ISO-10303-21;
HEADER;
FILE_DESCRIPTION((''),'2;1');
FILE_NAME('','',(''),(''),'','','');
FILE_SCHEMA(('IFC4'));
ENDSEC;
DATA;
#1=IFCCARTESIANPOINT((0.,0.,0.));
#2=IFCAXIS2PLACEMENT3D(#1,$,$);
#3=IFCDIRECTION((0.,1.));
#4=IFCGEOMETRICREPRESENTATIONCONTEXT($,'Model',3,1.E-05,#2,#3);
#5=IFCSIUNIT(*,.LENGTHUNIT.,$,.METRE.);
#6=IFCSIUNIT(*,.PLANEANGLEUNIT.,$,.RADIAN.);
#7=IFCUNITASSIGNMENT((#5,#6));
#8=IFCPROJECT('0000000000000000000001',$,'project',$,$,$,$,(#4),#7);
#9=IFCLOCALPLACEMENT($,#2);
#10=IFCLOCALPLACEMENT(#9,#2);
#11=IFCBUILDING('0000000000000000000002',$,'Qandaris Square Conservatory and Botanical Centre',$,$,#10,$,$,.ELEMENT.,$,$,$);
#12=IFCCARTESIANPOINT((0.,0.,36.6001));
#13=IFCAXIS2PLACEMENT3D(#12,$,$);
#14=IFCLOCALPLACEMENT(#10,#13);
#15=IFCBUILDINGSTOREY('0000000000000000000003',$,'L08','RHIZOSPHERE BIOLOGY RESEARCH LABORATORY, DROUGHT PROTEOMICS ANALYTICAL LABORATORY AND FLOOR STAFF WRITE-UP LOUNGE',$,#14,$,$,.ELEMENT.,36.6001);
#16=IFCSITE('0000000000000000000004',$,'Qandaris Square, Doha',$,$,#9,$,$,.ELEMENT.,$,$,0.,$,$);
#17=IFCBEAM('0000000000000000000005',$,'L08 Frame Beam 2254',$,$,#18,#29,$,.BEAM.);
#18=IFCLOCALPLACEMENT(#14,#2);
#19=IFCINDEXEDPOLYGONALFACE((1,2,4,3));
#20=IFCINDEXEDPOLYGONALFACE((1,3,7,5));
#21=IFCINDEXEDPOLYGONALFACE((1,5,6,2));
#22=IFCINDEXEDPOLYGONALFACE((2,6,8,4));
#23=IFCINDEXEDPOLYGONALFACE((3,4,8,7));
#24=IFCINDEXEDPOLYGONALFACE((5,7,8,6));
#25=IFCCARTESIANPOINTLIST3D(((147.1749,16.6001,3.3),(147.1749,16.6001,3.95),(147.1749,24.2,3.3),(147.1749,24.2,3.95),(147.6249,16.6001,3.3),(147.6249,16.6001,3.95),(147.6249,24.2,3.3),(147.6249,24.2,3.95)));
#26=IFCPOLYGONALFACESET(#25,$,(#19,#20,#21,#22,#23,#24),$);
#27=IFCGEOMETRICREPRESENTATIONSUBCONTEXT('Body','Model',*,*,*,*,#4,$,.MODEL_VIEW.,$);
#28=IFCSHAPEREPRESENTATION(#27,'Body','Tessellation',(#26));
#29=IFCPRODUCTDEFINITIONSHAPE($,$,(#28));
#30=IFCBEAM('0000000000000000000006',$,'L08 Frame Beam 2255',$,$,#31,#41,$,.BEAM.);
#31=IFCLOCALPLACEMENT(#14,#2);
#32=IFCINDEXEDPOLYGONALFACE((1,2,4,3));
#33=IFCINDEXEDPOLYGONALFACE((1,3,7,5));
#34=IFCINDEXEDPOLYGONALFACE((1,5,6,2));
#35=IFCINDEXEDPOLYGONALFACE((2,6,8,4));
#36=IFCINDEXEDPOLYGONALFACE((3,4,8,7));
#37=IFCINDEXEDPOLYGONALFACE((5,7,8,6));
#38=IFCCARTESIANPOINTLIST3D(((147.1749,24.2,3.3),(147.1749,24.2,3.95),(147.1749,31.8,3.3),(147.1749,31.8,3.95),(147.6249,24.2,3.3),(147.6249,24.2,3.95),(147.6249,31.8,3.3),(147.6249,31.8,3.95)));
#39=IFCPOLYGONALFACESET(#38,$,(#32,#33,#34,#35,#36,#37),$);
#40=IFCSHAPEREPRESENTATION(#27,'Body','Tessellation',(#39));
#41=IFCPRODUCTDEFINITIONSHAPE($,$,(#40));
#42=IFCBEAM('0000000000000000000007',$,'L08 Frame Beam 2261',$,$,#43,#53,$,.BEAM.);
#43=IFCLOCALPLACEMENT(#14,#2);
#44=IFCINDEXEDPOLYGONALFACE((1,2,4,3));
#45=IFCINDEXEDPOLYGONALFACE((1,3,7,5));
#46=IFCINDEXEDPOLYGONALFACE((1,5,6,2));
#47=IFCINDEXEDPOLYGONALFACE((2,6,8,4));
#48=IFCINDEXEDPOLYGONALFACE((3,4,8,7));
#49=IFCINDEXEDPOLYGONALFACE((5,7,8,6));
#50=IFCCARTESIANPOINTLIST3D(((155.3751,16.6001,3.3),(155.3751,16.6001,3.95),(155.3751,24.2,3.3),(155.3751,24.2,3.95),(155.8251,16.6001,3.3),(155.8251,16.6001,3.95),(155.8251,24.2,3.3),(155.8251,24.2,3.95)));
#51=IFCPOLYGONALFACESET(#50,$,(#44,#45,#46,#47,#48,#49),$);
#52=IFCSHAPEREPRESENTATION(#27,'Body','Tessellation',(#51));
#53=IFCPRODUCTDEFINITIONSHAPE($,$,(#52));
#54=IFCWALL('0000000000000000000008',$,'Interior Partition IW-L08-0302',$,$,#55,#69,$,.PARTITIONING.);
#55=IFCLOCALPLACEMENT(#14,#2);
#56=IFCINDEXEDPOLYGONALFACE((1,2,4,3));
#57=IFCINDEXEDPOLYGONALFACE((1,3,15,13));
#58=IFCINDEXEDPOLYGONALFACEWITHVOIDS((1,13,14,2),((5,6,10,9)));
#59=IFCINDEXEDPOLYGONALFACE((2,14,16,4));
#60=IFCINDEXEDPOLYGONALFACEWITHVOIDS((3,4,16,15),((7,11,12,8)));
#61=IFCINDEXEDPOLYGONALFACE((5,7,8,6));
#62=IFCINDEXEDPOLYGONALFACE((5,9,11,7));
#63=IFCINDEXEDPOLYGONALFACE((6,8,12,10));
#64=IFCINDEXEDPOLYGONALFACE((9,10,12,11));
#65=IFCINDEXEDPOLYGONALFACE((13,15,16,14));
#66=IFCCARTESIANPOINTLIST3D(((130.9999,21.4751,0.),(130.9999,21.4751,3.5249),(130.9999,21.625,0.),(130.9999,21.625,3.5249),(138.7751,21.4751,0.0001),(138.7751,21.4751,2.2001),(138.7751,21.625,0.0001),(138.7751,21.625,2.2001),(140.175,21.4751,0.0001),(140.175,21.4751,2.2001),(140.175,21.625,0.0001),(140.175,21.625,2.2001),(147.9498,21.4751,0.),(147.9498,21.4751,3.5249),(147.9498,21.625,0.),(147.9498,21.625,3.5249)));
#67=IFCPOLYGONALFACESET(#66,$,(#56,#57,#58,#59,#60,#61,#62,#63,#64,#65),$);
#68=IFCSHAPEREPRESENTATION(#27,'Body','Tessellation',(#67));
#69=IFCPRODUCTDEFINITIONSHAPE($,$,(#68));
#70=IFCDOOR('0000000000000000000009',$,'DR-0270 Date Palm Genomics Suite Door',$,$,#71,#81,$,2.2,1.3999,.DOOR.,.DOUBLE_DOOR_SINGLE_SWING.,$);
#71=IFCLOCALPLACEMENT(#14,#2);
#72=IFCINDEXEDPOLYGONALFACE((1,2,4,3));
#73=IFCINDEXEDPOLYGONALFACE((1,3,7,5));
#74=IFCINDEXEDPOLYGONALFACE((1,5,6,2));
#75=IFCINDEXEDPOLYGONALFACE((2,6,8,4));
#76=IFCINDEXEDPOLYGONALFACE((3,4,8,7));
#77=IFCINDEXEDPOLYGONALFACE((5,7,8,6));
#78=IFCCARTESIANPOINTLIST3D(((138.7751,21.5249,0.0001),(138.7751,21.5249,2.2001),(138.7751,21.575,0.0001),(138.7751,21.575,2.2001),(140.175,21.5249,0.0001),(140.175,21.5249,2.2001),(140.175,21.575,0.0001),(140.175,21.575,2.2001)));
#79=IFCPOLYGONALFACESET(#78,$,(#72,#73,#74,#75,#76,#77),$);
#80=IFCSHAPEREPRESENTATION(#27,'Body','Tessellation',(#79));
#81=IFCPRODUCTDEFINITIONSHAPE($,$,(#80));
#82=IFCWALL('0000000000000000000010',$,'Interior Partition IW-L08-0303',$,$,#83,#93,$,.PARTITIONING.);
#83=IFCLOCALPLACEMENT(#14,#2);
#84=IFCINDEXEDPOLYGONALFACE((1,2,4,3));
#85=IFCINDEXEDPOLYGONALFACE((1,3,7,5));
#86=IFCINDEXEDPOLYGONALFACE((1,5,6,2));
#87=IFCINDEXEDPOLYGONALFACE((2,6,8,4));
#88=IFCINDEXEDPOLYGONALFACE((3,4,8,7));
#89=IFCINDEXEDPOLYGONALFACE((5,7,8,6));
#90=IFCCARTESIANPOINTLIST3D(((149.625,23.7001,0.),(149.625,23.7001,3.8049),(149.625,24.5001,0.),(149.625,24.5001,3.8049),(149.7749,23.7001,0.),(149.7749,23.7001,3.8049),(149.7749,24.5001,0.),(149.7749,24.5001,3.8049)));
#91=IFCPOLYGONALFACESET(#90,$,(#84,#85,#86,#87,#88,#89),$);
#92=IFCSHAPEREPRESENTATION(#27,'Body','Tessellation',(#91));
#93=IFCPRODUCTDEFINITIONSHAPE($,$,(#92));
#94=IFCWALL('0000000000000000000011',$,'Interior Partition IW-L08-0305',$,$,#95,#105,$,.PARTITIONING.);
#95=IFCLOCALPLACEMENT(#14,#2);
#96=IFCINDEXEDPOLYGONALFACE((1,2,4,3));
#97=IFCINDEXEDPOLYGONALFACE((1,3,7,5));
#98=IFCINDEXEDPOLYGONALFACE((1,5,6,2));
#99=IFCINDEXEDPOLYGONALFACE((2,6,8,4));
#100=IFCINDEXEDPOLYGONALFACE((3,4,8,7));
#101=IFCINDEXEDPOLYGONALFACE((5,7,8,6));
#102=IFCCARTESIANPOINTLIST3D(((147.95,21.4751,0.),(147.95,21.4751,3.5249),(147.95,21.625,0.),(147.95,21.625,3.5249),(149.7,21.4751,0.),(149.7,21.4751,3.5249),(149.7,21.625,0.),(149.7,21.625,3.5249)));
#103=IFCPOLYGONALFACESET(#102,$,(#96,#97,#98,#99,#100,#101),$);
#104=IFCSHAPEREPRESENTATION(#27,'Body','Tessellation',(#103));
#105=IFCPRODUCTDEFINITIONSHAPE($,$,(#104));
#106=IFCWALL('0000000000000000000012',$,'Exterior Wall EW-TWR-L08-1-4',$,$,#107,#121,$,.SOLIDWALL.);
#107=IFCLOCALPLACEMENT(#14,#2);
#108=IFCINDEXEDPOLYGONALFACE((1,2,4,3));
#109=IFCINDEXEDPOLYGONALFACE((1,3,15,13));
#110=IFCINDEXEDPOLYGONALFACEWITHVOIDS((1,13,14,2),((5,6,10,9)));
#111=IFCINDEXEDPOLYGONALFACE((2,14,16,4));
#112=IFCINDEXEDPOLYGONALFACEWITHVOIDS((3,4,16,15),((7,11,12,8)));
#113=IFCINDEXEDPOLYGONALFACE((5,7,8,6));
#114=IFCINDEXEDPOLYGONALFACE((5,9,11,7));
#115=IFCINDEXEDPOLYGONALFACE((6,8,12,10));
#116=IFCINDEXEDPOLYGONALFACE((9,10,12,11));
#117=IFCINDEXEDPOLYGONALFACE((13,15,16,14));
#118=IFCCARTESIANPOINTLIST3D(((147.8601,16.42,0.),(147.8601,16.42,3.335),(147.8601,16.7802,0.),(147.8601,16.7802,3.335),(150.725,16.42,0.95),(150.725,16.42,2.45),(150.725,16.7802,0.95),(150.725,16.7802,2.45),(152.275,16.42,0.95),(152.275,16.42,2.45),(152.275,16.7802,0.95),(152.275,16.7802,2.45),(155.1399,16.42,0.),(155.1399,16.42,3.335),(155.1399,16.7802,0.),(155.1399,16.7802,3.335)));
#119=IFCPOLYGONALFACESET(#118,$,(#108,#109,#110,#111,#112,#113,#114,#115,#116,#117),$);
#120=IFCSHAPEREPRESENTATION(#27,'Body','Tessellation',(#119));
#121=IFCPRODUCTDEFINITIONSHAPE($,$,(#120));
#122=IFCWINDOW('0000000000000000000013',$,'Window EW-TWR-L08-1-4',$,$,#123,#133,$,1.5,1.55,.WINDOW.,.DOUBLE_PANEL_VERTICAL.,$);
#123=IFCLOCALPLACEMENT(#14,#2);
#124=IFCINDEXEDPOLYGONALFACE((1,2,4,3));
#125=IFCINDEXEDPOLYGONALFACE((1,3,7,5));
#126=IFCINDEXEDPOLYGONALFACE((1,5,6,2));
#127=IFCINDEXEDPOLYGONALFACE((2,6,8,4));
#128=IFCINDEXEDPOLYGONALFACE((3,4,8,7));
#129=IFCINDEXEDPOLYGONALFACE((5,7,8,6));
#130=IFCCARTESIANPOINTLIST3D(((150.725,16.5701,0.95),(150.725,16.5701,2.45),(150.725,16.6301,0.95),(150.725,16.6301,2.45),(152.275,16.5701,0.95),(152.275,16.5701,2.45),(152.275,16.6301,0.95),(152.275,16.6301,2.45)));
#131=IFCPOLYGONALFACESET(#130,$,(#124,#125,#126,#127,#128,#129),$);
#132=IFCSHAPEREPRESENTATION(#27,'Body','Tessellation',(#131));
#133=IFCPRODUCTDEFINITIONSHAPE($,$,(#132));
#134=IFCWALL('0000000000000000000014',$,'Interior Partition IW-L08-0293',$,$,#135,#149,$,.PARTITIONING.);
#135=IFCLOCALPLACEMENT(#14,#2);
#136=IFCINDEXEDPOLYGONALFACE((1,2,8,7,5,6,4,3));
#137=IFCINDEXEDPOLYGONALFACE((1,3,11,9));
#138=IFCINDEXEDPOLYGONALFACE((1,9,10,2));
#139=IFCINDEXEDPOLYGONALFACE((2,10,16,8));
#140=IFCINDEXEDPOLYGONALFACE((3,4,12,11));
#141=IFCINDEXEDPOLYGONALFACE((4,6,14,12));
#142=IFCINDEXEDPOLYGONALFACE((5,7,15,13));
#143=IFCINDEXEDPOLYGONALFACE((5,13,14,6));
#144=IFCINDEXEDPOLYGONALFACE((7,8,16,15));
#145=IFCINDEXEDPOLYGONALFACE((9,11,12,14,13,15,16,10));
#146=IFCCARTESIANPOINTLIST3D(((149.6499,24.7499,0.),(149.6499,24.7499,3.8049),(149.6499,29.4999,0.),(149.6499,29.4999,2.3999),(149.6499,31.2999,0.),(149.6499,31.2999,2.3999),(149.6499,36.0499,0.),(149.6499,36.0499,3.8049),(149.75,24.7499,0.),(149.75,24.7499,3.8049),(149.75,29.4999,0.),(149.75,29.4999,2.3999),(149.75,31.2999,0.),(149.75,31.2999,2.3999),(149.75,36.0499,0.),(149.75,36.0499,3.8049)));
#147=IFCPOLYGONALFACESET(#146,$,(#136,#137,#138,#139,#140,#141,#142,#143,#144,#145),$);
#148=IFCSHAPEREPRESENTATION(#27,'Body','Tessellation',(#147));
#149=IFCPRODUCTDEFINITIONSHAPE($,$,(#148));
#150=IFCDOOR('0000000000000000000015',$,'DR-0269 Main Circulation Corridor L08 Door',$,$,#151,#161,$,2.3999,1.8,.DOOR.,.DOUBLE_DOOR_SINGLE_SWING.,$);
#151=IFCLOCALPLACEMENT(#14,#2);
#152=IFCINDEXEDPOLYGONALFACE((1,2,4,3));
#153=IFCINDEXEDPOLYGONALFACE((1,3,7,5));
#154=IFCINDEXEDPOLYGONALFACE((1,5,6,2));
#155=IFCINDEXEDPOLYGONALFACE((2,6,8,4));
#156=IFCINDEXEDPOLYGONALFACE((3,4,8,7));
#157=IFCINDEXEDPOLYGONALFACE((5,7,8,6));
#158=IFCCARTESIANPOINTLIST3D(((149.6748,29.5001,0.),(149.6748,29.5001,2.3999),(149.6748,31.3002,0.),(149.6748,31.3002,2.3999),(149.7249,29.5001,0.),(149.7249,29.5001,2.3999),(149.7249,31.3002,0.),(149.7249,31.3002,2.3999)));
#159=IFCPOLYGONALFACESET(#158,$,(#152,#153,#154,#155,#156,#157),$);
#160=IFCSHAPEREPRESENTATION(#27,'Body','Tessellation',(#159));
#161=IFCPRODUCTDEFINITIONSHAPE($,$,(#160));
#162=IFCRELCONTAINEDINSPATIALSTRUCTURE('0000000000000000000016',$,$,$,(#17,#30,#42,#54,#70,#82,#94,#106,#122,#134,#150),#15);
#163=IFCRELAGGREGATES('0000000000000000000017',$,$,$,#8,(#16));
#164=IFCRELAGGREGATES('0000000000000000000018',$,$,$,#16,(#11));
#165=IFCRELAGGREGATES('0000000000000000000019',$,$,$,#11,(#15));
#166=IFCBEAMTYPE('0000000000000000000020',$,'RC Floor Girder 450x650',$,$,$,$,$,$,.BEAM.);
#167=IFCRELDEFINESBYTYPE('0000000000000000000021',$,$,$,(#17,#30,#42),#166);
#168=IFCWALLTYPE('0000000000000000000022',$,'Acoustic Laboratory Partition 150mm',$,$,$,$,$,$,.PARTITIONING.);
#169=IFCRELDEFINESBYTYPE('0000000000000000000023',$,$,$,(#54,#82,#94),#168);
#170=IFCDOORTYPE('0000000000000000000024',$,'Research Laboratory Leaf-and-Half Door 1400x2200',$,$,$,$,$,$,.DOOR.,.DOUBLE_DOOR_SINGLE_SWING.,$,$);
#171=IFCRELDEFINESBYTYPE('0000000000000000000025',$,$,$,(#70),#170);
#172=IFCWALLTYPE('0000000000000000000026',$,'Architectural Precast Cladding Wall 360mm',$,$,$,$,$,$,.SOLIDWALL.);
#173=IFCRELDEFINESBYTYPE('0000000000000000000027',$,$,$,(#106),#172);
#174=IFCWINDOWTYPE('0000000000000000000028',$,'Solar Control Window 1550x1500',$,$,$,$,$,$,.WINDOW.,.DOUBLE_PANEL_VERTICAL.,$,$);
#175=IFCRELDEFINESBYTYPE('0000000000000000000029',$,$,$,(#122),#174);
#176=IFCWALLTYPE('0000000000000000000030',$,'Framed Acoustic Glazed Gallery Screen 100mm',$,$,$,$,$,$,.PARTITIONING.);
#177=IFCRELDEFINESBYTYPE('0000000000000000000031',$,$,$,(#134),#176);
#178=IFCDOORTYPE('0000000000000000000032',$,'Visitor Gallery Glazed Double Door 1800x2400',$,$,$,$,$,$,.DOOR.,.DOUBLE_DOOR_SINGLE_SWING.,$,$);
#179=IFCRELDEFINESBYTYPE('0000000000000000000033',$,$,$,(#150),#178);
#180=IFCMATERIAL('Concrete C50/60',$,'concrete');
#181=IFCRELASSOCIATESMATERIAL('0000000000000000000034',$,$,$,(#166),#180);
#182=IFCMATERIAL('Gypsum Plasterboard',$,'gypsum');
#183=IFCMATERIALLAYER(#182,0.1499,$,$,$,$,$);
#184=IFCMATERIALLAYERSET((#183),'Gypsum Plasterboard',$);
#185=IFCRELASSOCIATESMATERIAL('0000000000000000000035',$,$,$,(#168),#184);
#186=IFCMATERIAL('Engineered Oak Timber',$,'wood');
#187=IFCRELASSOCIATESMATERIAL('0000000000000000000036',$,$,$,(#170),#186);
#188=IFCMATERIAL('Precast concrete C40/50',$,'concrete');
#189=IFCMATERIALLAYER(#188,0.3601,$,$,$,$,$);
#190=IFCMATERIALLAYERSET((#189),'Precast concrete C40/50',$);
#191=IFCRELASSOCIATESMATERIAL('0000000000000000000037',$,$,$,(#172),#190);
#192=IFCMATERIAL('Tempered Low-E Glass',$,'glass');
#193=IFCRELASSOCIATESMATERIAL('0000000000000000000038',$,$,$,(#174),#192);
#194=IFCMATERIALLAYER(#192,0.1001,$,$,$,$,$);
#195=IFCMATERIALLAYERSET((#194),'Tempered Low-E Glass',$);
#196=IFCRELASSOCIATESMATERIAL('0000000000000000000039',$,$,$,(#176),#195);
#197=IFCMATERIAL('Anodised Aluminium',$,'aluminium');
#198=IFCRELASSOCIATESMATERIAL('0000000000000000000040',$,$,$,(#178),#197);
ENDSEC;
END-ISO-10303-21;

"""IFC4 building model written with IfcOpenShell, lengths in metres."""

from ifc_helpers import new_model, si_unit, direction, frame, frame_2d, origin, origin_2d, place, context, subcontext, project, spatial, rectangle, extrude, material, layer, layer_set, material_profile, profile_set, type_object, element, fill, save


model = new_model("IFC4")

# Units and contexts
model_context = context("Model", 3, precision=1e-05, world=origin(), true_north=direction((0.0, 1.0)))
body_context = subcontext(model_context, "Body", "Model", "MODEL_VIEW")
ifc_project = project(units=[si_unit("LENGTHUNIT", "METRE"), si_unit("PLANEANGLEUNIT", "RADIAN")], contexts=[model_context])

# Site, building, storey
site_placement = place(None, origin())
site = spatial("IfcSite", under=ifc_project, at=site_placement, Name="Qandaris Square, Doha", CompositionType="ELEMENT", RefElevation=0.0)
building_placement = place(site_placement, origin())
building = spatial("IfcBuilding", under=site, at=building_placement, Name="Qandaris Square Conservatory and Botanical Centre", CompositionType="ELEMENT")
storey_placement = place(building_placement, frame((0.0, 0.0, 36.6001)))
storey = spatial("IfcBuildingStorey", under=building, at=storey_placement, Name="L08", Description="RHIZOSPHERE BIOLOGY RESEARCH LABORATORY, DROUGHT PROTEOMICS ANALYTICAL LABORATORY AND FLOOR STAFF WRITE-UP LOUNGE", CompositionType="ELEMENT", Elevation=36.6001)

# Shared definitions
ifc_material_1 = material(Name="Concrete C50/60", Category="concrete")

# Beams
ifc_material_profile_1 = material_profile(ifc_material_1, rectangle(XDim=0.45, YDim=0.6499, at=origin_2d()), Name="RC-BM 450x650")
ifc_profile_set_1 = profile_set([ifc_material_profile_1], Name="Concrete C50/60")
beam_type_1 = type_object("IfcBeamType", Name="RC Floor Girder 450x650", PredefinedType="BEAM", material=ifc_profile_set_1)
beam_1_placement = place(storey_placement, frame((147.3999, 16.6001, 3.625), z_axis=(0.0, 1.0, 0.0), x_axis=(-1.0, 0.0, 0.0)))
element("IfcBeam", 1, at=beam_1_placement, inside=storey, type_object=beam_type_1, Name="L08 Frame Beam 2254", PredefinedType="BEAM", context=body_context, shape_type="SweptSolid", body=[
    extrude(rectangle(XDim=0.45, YDim=0.6499, at=origin_2d()), origin(), (0.0, 0.0, 1.0), 7.5999),
])
beam_2_placement = place(storey_placement, frame((147.3999, 24.2, 3.625), z_axis=(0.0, 1.0, 0.0), x_axis=(-1.0, 0.0, 0.0)))
element("IfcBeam", 2, at=beam_2_placement, inside=storey, type_object=beam_type_1, Name="L08 Frame Beam 2255", PredefinedType="BEAM", context=body_context, shape_type="SweptSolid", body=[
    extrude(rectangle(XDim=0.45, YDim=0.6499, at=origin_2d()), origin(), (0.0, 0.0, 1.0), 7.6001),
])
beam_3_placement = place(storey_placement, frame((155.6001, 16.6001, 3.625), z_axis=(0.0, 1.0, 0.0), x_axis=(-1.0, 0.0, 0.0)))
element("IfcBeam", 3, at=beam_3_placement, inside=storey, type_object=beam_type_1, Name="L08 Frame Beam 2261", PredefinedType="BEAM", context=body_context, shape_type="SweptSolid", body=[
    extrude(rectangle(XDim=0.45, YDim=0.6499, at=origin_2d()), origin(), (0.0, 0.0, 1.0), 7.5999),
])

# Wall, opening, door
ifc_material_2 = material(Name="Gypsum Plasterboard", Category="gypsum")
ifc_layer_1 = layer(ifc_material_2, 0.1499)
ifc_layer_set_1 = layer_set([ifc_layer_1], Name="Gypsum Plasterboard")
wall_type_1 = type_object("IfcWallType", Name="Acoustic Laboratory Partition 150mm", PredefinedType="PARTITIONING", material=ifc_layer_set_1)
wall_1_placement = place(storey_placement, frame((147.95, 21.55, 0.0), z_axis=(0.0, 0.0, 1.0), x_axis=(-1.0, 0.0, 0.0)))
wall_1 = element("IfcWall", 4, at=wall_1_placement, inside=storey, type_object=wall_type_1, Name="Interior Partition IW-L08-0302", PredefinedType="PARTITIONING", context=body_context, shape_type="SweptSolid", body=[
    extrude(rectangle(XDim=16.95, YDim=0.1499, at=frame_2d((8.4751, 0.0))), origin(), (0.0, 0.0, 1.0), 3.5249),
])
opening_1_placement = place(wall_1_placement, frame((7.7749, 0.0, 0.0)))
opening_1 = element("IfcOpeningElement", 5, at=opening_1_placement, cuts=wall_1, PredefinedType="OPENING", context=body_context, shape_type="SweptSolid", body=[
    extrude(rectangle(XDim=1.3999, YDim=2.2, at=frame_2d((0.7, 1.1001))), frame((0.0, 0.0869, 0.0), z_axis=(0.0, -1.0, 0.0), x_axis=(1.0, 0.0, 0.0)), (0.0, 0.0, 1.0), 0.1738),
])
ifc_material_3 = material(Name="Engineered Oak Timber", Category="wood")
door_type_1 = type_object("IfcDoorType", Name="Research Laboratory Leaf-and-Half Door 1400x2200", OperationType="DOUBLE_DOOR_SINGLE_SWING", PredefinedType="DOOR", material=ifc_material_3)
door_1_placement = place(opening_1_placement, frame((1.3999, 0.0, 0.0), z_axis=(0.0, 0.0, 1.0), x_axis=(-1.0, 0.0, 0.0)))
door_1 = element("IfcDoor", 6, at=door_1_placement, inside=storey, type_object=door_type_1, Name="DR-0270 Date Palm Genomics Suite Door", OperationType="DOUBLE_DOOR_SINGLE_SWING", OverallHeight=2.2, OverallWidth=1.3999, PredefinedType="DOOR", context=body_context, shape_type="SweptSolid", body=[
    extrude(rectangle(XDim=1.3999, YDim=2.2, at=frame_2d((0.7, 1.1001))), frame((0.0, 0.0249, 0.0), z_axis=(0.0, -1.0, 0.0), x_axis=(1.0, 0.0, 0.0)), (0.0, 0.0, 1.0), 0.05),
])
fill(opening_1, door_1)

# Walls
wall_2_placement = place(storey_placement, frame((149.7, 24.5, 0.0), z_axis=(0.0, 0.0, 1.0), x_axis=(0.0, -1.0, 0.0)))
element("IfcWall", 7, at=wall_2_placement, inside=storey, type_object=wall_type_1, Name="Interior Partition IW-L08-0303", PredefinedType="PARTITIONING", context=body_context, shape_type="SweptSolid", body=[
    extrude(rectangle(XDim=0.8, YDim=0.1499, at=frame_2d((0.3999, 0.0))), origin(), (0.0, 0.0, 1.0), 3.8049),
])
wall_3_placement = place(storey_placement, frame((149.7, 21.55, 0.0), z_axis=(0.0, 0.0, 1.0), x_axis=(-1.0, 0.0, 0.0)))
element("IfcWall", 8, at=wall_3_placement, inside=storey, type_object=wall_type_1, Name="Interior Partition IW-L08-0305", PredefinedType="PARTITIONING", context=body_context, shape_type="SweptSolid", body=[
    extrude(rectangle(XDim=1.75, YDim=0.1499, at=frame_2d((0.875, 0.0))), origin(), (0.0, 0.0, 1.0), 3.5249),
])

# Wall, opening, window
ifc_material_4 = material(Name="Precast concrete C40/50", Category="concrete")
ifc_layer_2 = layer(ifc_material_4, 0.3601)
ifc_layer_set_2 = layer_set([ifc_layer_2], Name="Precast concrete C40/50")
wall_type_2 = type_object("IfcWallType", Name="Architectural Precast Cladding Wall 360mm", PredefinedType="SOLIDWALL", material=ifc_layer_set_2)
wall_4_placement = place(storey_placement, frame((147.8601, 16.6001, 0.0), z_axis=(0.0, 0.0, 1.0), x_axis=(1.0, 0.0, 0.0)))
wall_4 = element("IfcWall", 9, at=wall_4_placement, inside=storey, type_object=wall_type_2, Name="Exterior Wall EW-TWR-L08-1-4", PredefinedType="SOLIDWALL", context=body_context, shape_type="SweptSolid", body=[
    extrude(rectangle(XDim=7.2798, YDim=0.3601, at=frame_2d((3.6399, 0.0))), origin(), (0.0, 0.0, 1.0), 3.335),
])
opening_2_placement = place(wall_4_placement, frame((2.865, 0.0, 0.95)))
opening_2 = element("IfcOpeningElement", 10, at=opening_2_placement, cuts=wall_4, PredefinedType="OPENING", context=body_context, shape_type="SweptSolid", body=[
    extrude(rectangle(XDim=1.55, YDim=1.5, at=frame_2d((0.7749, 0.75))), frame((0.0, 0.1919, 0.0), z_axis=(0.0, -1.0, 0.0), x_axis=(1.0, 0.0, 0.0)), (0.0, 0.0, 1.0), 0.384),
])
ifc_material_5 = material(Name="Tempered Low-E Glass", Category="glass")
window_type = type_object("IfcWindowType", Name="Solar Control Window 1550x1500", PartitioningType="DOUBLE_PANEL_VERTICAL", PredefinedType="WINDOW", material=ifc_material_5)
window_placement = place(opening_2_placement, origin())
window = element("IfcWindow", 11, at=window_placement, inside=storey, type_object=window_type, Name="Window EW-TWR-L08-1-4", OverallHeight=1.5, OverallWidth=1.55, PartitioningType="DOUBLE_PANEL_VERTICAL", PredefinedType="WINDOW", context=body_context, shape_type="SweptSolid", body=[
    extrude(rectangle(XDim=1.55, YDim=1.5, at=frame_2d((0.7749, 0.75))), frame((0.0, 0.03, 0.0), z_axis=(0.0, -1.0, 0.0), x_axis=(1.0, 0.0, 0.0)), (0.0, 0.0, 1.0), 0.0601),
])
fill(opening_2, window)

# Wall, opening, door
ifc_layer_3 = layer(ifc_material_5, 0.1001)
ifc_layer_set_3 = layer_set([ifc_layer_3], Name="Tempered Low-E Glass")
wall_type_3 = type_object("IfcWallType", Name="Framed Acoustic Glazed Gallery Screen 100mm", PredefinedType="PARTITIONING", material=ifc_layer_set_3)
wall_5_placement = place(storey_placement, frame((149.7, 24.75, 0.0), z_axis=(0.0, 0.0, 1.0), x_axis=(0.0, 1.0, 0.0)))
wall_5 = element("IfcWall", 12, at=wall_5_placement, inside=storey, type_object=wall_type_3, Name="Interior Partition IW-L08-0293", PredefinedType="PARTITIONING", context=body_context, shape_type="SweptSolid", body=[
    extrude(rectangle(XDim=11.3, YDim=0.1001, at=frame_2d((5.6499, 0.0))), origin(), (0.0, 0.0, 1.0), 3.8049),
])
opening_3_placement = place(wall_5_placement, frame((4.75, 0.0, 0.0)))
opening_3 = element("IfcOpeningElement", 13, at=opening_3_placement, cuts=wall_5, PredefinedType="OPENING", context=body_context, shape_type="SweptSolid", body=[
    extrude(rectangle(XDim=1.8, YDim=2.3999, at=frame_2d((0.8999, 1.2))), frame((0.0, 0.062, 0.0), z_axis=(0.0, -1.0, 0.0), x_axis=(1.0, 0.0, 0.0)), (0.0, 0.0, 1.0), 0.124),
])
ifc_material_6 = material(Name="Anodised Aluminium", Category="aluminium")
door_type_2 = type_object("IfcDoorType", Name="Visitor Gallery Glazed Double Door 1800x2400", OperationType="DOUBLE_DOOR_SINGLE_SWING", PredefinedType="DOOR", material=ifc_material_6)
door_2_placement = place(opening_3_placement, frame((1.8, 0.0, 0.0), z_axis=(0.0, 0.0, 1.0), x_axis=(-1.0, 0.0, 0.0)))
door_2 = element("IfcDoor", 14, at=door_2_placement, inside=storey, type_object=door_type_2, Name="DR-0269 Main Circulation Corridor L08 Door", OperationType="DOUBLE_DOOR_SINGLE_SWING", OverallHeight=2.3999, OverallWidth=1.8, PredefinedType="DOOR", context=body_context, shape_type="SweptSolid", body=[
    extrude(rectangle(XDim=1.8, YDim=2.3999, at=frame_2d((0.8999, 1.2))), frame((0.0, 0.0249, 0.0), z_axis=(0.0, -1.0, 0.0), x_axis=(1.0, 0.0, 0.0)), (0.0, 0.0, 1.0), 0.05),
])
fill(opening_3, door_2)

save(model, "model.ifc")
